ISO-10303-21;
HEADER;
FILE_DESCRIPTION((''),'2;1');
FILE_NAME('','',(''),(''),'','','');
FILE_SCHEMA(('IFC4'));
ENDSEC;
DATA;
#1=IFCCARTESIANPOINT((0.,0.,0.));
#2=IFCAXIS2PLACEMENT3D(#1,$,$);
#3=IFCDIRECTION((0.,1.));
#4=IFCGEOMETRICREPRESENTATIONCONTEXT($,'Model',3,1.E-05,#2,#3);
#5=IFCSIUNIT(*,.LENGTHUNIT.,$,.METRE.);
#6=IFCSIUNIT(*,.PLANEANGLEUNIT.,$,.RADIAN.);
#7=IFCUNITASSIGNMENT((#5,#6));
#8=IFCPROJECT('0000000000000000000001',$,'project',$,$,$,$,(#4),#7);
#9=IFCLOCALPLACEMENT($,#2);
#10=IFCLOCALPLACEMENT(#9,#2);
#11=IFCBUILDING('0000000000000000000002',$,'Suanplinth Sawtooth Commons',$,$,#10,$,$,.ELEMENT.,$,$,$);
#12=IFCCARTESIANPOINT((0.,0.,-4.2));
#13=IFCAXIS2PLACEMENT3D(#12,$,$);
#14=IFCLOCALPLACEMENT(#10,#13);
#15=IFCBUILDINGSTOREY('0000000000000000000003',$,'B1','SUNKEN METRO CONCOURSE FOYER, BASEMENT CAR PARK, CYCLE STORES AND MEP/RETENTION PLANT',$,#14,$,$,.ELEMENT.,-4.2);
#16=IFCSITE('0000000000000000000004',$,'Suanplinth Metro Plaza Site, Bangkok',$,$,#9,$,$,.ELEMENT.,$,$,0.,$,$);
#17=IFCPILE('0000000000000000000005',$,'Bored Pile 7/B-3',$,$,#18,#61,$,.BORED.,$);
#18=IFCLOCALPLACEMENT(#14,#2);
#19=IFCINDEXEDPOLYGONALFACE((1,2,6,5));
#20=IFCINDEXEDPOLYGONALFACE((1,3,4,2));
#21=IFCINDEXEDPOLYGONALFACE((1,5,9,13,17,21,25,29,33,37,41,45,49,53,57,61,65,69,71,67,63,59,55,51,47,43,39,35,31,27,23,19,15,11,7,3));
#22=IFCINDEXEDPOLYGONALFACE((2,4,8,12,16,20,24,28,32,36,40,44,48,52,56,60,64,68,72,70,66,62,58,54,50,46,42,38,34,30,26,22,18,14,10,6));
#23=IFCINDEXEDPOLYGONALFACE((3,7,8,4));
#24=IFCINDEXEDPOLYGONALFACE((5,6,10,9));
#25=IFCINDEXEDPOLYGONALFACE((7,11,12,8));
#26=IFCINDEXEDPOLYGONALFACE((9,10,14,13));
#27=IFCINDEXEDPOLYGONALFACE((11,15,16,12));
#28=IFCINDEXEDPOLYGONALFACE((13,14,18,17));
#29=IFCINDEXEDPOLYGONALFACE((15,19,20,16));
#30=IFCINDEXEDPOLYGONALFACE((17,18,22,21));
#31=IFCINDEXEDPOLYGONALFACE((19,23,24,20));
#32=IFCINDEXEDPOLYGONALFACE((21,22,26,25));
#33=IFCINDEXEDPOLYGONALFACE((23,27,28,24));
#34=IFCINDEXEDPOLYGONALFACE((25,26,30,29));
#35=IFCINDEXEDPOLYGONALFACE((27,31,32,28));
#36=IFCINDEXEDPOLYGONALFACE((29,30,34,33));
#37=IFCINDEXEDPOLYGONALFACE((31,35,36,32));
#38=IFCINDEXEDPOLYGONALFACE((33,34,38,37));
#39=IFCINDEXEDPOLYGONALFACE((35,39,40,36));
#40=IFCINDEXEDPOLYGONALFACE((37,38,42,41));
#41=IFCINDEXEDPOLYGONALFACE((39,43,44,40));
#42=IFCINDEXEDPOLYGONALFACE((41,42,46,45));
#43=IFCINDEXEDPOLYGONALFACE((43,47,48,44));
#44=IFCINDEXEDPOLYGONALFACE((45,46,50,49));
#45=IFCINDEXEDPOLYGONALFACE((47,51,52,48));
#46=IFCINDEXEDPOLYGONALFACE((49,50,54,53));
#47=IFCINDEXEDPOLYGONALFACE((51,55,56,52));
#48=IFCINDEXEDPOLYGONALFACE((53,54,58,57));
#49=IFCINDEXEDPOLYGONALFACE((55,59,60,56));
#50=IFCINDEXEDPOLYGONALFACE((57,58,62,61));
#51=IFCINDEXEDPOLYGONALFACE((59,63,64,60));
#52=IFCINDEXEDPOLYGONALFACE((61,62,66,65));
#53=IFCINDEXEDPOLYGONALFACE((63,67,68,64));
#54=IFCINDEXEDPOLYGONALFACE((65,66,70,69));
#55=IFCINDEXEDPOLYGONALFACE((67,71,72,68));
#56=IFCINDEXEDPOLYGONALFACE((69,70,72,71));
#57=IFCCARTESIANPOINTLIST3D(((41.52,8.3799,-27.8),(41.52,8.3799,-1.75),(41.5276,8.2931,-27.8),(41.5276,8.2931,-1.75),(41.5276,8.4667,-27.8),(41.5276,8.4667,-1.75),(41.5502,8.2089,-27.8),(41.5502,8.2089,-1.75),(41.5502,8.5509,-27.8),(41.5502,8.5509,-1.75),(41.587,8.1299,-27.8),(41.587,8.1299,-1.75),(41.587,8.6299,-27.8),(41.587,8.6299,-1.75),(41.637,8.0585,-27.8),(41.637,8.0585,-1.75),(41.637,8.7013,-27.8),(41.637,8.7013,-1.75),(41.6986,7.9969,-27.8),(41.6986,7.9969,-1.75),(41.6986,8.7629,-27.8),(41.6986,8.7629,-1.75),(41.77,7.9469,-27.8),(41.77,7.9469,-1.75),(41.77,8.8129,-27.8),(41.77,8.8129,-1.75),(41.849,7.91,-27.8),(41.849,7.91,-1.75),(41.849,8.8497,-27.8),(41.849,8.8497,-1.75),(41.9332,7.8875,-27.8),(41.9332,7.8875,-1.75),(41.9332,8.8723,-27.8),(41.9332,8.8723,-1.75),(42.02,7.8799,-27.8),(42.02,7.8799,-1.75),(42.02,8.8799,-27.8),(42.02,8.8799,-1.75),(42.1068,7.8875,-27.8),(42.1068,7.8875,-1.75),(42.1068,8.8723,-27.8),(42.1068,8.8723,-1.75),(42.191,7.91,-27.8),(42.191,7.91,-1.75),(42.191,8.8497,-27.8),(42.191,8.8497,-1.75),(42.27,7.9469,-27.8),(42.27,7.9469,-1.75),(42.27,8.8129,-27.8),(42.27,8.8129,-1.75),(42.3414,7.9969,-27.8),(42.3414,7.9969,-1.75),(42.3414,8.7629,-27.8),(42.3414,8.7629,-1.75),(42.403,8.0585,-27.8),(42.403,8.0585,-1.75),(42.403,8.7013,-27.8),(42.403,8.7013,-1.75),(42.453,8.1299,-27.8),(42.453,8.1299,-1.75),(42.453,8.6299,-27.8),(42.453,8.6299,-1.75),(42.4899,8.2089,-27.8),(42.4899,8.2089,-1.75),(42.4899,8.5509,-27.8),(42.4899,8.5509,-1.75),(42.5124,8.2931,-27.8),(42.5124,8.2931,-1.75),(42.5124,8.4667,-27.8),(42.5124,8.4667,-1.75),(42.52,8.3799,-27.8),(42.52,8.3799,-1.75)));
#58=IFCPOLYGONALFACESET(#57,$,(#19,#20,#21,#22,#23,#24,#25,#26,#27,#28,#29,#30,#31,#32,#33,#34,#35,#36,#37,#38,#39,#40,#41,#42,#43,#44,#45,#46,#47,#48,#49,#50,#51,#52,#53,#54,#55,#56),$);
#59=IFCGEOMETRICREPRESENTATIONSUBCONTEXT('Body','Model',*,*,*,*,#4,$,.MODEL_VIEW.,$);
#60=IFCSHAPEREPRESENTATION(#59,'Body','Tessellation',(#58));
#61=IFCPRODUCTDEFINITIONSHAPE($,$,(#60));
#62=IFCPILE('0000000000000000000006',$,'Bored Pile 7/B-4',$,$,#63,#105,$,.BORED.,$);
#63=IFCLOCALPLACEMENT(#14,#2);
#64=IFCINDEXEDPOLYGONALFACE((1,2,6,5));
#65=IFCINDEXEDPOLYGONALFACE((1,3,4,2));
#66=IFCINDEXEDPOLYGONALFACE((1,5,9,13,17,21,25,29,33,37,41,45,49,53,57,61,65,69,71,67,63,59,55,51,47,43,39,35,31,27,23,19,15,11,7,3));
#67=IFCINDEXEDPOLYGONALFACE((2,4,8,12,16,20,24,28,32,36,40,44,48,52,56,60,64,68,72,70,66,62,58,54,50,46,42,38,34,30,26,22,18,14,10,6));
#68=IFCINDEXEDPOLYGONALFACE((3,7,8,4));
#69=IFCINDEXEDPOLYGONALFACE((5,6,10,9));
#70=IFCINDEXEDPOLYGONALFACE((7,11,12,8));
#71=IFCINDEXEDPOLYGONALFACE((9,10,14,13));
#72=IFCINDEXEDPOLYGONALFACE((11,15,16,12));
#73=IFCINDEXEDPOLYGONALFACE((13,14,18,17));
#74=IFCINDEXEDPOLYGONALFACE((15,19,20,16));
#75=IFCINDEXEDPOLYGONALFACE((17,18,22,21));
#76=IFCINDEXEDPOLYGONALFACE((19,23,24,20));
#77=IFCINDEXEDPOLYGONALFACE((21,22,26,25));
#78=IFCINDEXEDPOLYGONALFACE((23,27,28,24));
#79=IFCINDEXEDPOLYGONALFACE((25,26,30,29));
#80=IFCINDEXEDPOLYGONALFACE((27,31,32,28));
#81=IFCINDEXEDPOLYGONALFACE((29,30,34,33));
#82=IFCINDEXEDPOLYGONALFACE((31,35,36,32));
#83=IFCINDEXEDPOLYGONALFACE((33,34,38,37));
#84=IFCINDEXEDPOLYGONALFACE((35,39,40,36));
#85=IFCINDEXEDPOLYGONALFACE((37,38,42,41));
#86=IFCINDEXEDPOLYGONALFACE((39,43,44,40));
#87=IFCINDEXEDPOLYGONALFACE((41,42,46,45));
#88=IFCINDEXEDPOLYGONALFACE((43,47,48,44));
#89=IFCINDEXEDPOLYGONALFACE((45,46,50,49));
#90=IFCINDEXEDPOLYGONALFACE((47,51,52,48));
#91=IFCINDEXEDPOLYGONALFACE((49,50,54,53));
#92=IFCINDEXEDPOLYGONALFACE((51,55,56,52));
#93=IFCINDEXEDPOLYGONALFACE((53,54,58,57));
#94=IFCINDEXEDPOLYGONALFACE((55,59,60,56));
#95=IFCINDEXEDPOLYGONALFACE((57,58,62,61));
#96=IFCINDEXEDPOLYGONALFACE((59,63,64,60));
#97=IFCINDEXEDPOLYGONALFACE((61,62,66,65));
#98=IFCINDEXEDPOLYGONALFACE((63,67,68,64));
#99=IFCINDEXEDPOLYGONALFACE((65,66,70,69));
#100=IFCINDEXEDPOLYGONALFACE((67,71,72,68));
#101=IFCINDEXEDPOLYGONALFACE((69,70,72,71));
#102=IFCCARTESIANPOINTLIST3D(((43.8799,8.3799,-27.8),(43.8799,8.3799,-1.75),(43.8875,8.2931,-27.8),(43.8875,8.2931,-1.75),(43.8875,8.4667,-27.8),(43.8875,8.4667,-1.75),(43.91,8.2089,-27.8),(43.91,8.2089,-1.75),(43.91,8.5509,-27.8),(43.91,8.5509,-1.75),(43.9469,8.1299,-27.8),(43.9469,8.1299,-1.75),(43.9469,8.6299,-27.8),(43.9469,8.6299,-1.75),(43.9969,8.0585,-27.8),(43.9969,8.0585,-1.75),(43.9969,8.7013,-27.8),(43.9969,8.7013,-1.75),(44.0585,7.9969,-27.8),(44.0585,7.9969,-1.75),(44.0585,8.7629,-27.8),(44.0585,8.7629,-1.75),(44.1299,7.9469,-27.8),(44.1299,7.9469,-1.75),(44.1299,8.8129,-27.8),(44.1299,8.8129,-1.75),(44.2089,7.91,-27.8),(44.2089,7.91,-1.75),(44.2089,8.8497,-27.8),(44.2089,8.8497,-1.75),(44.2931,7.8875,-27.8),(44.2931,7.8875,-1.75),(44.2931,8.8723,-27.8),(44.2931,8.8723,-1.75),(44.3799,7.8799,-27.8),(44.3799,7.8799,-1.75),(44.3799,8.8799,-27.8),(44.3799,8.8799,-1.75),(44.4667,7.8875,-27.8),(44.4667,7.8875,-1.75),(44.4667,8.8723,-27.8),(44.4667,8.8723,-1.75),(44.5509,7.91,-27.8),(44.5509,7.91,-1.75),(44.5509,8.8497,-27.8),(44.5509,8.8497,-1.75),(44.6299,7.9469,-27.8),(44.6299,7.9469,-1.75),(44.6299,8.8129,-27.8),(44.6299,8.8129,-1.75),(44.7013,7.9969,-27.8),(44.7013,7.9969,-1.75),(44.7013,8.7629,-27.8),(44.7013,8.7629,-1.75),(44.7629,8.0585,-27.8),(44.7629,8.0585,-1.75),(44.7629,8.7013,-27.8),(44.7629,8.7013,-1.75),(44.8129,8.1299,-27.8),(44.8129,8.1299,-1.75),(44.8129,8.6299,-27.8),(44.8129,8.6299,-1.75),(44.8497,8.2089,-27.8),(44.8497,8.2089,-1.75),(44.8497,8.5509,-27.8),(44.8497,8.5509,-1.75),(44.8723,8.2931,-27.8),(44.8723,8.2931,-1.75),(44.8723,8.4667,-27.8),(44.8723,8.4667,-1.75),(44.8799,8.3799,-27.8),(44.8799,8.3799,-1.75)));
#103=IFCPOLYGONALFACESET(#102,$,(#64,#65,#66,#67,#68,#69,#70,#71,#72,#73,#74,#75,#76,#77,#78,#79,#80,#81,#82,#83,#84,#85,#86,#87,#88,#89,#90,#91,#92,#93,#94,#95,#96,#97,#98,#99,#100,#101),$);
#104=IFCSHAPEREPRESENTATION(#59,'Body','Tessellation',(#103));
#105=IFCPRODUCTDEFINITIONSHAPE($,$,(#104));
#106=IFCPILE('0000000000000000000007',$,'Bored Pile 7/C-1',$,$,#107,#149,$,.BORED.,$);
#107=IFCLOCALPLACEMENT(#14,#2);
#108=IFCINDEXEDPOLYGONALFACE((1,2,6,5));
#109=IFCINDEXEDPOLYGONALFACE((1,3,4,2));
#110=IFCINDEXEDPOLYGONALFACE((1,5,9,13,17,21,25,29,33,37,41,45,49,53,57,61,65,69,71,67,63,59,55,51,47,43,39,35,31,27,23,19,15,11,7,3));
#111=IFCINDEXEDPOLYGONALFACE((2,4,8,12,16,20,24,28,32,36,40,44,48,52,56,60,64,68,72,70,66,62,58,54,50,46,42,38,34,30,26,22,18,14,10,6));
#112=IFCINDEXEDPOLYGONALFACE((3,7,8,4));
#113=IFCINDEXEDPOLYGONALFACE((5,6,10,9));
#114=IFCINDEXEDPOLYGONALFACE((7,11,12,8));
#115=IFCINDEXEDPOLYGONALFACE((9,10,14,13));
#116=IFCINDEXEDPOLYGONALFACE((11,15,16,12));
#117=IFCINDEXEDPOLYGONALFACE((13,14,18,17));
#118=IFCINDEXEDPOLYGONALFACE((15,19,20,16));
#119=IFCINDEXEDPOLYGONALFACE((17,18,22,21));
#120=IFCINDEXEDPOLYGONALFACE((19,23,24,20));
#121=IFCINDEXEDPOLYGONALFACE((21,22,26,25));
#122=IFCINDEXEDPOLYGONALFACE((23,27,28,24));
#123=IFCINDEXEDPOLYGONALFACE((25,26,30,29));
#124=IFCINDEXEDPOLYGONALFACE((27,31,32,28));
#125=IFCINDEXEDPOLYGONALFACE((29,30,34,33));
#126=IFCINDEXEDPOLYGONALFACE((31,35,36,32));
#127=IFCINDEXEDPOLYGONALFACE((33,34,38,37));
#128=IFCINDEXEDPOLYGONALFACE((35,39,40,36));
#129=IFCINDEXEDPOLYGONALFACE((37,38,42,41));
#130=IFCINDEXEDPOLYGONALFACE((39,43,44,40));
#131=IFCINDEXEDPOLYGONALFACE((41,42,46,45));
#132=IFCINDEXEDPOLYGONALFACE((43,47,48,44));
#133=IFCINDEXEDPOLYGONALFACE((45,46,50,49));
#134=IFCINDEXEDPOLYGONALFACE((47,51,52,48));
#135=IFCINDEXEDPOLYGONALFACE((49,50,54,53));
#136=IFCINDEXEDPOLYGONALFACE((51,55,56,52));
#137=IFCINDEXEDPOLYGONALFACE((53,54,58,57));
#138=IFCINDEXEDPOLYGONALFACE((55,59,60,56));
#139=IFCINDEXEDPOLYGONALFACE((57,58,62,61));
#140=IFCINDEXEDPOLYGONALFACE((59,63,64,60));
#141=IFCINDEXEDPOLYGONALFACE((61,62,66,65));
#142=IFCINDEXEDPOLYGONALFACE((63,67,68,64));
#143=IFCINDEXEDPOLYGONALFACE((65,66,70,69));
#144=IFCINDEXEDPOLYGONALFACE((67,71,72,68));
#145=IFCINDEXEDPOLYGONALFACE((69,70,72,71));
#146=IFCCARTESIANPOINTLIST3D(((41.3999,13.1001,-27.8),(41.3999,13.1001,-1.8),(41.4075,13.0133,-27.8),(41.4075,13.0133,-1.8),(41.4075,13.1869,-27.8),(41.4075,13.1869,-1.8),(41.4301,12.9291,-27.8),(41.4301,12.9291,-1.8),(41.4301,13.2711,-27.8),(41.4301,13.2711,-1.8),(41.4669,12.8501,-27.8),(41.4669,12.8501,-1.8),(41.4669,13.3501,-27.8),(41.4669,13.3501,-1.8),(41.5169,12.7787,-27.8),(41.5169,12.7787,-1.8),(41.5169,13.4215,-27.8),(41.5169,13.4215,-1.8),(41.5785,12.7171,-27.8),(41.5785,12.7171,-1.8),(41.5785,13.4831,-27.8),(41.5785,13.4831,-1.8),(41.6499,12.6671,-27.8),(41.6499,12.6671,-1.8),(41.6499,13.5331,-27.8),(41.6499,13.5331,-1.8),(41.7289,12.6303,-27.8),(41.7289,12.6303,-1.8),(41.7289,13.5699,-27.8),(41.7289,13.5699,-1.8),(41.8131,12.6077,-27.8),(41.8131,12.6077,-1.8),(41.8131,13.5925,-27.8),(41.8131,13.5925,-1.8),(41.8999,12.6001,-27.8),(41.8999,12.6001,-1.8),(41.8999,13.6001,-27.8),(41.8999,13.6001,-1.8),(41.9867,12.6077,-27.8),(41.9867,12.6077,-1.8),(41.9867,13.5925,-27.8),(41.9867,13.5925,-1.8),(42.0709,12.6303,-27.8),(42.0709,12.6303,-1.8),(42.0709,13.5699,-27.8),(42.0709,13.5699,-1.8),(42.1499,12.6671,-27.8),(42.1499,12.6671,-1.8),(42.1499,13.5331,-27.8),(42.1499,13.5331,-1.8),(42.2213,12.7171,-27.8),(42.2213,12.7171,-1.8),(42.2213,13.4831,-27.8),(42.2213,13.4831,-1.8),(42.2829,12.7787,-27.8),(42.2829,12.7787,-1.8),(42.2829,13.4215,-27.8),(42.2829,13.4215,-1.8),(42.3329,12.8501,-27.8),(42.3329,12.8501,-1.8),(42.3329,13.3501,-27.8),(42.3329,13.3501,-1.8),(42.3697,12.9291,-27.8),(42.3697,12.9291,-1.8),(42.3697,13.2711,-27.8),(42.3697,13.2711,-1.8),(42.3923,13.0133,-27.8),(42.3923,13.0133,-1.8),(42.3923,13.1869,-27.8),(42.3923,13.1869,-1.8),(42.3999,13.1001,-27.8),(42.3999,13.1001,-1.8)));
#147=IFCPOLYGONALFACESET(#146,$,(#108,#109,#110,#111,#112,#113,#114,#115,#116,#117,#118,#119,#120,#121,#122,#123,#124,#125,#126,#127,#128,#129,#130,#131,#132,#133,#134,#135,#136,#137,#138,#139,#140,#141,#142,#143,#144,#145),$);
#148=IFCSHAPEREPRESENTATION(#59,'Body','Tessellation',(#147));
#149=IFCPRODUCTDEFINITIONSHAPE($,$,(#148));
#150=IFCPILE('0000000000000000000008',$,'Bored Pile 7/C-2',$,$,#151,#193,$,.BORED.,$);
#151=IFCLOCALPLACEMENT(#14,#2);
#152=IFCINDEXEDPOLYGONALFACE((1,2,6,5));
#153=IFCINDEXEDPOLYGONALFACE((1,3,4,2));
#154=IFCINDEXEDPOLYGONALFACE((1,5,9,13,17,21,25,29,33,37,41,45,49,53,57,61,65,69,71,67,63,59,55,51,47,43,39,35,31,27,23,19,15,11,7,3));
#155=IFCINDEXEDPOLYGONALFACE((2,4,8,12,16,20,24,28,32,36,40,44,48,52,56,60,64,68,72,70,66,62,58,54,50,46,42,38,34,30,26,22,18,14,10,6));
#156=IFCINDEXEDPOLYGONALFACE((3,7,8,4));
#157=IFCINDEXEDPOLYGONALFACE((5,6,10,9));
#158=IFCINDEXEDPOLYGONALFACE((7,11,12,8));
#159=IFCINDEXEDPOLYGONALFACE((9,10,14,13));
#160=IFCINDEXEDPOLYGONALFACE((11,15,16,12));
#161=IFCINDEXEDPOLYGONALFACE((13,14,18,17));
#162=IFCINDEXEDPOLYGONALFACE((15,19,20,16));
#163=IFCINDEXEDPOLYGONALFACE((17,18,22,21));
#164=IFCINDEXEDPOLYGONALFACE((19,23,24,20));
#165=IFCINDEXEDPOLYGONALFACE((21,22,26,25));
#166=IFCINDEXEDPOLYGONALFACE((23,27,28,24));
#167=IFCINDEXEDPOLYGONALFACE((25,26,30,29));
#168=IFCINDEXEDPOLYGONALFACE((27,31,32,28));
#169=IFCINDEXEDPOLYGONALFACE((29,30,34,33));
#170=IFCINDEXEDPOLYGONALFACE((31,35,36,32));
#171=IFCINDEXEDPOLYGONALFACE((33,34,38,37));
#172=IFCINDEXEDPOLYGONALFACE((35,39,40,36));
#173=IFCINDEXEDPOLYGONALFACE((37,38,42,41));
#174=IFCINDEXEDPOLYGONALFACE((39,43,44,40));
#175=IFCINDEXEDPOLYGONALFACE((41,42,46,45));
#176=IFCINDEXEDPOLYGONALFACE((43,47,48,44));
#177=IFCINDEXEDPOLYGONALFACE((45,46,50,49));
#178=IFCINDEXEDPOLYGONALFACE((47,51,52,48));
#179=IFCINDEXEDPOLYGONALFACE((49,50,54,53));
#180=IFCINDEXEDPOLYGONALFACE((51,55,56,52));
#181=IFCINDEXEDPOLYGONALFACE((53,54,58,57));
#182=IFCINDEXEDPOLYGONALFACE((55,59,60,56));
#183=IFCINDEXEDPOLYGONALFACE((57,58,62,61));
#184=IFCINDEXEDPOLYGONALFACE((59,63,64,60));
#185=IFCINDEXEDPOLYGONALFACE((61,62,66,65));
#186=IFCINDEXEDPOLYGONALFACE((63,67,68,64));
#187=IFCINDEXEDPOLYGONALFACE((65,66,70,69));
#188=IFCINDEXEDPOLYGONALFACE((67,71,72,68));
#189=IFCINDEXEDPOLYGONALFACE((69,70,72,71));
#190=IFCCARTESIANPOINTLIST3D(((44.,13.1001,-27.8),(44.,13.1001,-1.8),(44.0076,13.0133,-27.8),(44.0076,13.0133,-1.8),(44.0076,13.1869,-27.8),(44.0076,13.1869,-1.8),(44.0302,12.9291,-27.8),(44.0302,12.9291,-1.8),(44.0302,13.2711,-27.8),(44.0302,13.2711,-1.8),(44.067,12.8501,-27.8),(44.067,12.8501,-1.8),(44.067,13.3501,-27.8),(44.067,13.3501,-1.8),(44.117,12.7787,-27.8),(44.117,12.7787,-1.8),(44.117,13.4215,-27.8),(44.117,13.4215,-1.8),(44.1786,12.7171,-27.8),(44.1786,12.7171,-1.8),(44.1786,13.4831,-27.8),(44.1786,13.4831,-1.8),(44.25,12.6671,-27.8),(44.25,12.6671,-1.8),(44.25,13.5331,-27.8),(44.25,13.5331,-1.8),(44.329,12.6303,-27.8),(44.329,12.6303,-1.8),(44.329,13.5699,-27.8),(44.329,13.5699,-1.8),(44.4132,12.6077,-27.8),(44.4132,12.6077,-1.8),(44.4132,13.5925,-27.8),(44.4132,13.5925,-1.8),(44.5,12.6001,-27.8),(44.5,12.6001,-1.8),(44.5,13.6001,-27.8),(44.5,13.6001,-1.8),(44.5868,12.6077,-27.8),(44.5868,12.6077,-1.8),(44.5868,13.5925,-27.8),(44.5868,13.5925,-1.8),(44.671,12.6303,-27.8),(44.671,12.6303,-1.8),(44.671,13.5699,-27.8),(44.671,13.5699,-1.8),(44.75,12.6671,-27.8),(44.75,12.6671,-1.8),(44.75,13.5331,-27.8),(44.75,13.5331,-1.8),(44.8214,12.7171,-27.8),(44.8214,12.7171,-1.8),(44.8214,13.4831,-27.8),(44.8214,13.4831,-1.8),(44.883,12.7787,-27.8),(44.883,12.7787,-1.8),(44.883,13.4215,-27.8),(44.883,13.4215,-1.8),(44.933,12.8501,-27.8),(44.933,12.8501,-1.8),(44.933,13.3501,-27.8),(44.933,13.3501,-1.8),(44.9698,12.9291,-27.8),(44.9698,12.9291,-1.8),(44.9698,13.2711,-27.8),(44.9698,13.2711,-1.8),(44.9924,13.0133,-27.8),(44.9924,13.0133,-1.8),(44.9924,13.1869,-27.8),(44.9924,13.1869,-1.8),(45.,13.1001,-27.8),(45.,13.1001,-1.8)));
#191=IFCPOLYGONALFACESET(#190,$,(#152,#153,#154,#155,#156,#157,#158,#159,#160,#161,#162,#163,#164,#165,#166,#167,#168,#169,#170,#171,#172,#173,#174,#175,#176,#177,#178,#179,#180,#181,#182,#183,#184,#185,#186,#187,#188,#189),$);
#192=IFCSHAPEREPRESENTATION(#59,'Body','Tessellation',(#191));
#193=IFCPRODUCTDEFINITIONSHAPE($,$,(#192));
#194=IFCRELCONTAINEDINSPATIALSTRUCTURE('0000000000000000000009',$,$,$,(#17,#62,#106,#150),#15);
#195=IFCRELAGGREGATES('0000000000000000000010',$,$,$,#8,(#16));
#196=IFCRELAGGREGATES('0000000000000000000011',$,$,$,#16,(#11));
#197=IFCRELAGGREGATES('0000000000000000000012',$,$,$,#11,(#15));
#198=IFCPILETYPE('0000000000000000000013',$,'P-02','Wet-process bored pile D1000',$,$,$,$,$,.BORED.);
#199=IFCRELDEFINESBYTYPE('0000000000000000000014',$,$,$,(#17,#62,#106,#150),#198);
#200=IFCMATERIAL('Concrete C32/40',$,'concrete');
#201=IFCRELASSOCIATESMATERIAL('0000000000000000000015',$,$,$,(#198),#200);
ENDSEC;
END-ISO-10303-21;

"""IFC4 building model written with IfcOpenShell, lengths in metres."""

from ifc_helpers import new_model, si_unit, direction, frame, origin, origin_2d, place, context, subcontext, project, spatial, circle, extrude, material, material_profile, profile_set, type_object, element, save


model = new_model("IFC4")

# Units and contexts
model_context = context("Model", 3, precision=1e-05, world=origin(), true_north=direction((0.0, 1.0)))
body_context = subcontext(model_context, "Body", "Model", "MODEL_VIEW")
ifc_project = project(units=[si_unit("LENGTHUNIT", "METRE"), si_unit("PLANEANGLEUNIT", "RADIAN")], contexts=[model_context])

# Site, building, storey
site_placement = place(None, origin())
site = spatial("IfcSite", under=ifc_project, at=site_placement, Name="Suanplinth Metro Plaza Site, Bangkok", CompositionType="ELEMENT", RefElevation=0.0)
building_placement = place(site_placement, origin())
building = spatial("IfcBuilding", under=site, at=building_placement, Name="Suanplinth Sawtooth Commons", CompositionType="ELEMENT")
storey_placement = place(building_placement, frame((0.0, 0.0, -4.2)))
storey = spatial("IfcBuildingStorey", under=building, at=storey_placement, Name="B1", Description="SUNKEN METRO CONCOURSE FOYER, BASEMENT CAR PARK, CYCLE STORES AND MEP/RETENTION PLANT", CompositionType="ELEMENT", Elevation=-4.2)

# Piles
ifc_material_1 = material(Name="Concrete C32/40", Category="concrete")
ifc_material_profile_1 = material_profile(ifc_material_1, circle(Radius=0.5, at=origin_2d()), Name="PILE D1000")
ifc_profile_set_1 = profile_set([ifc_material_profile_1], Name="Concrete C32/40")
pile_type = type_object("IfcPileType", Name="P-02", Description="Wet-process bored pile D1000", PredefinedType="BORED", material=ifc_profile_set_1)
for number, where, z_axis, x_axis, name in (
    (1, (42.02, 8.3799, -1.75), (0.0, 0.0, -1.0), (1.0, 0.0, 0.0), "Bored Pile 7/B-3"),
    (2, (44.3799, 8.3799, -1.75), (0.0, 0.0, -1.0), (1.0, 0.0, 0.0), "Bored Pile 7/B-4"),
):
    element("IfcPile", number, at=place(storey_placement, frame(where, z_axis=z_axis, x_axis=x_axis)), inside=storey, type_object=pile_type, Name=name, PredefinedType="BORED", context=body_context, shape_type="SweptSolid", body=[
        extrude(circle(Radius=0.5, at=origin_2d()), origin(), (0.0, 0.0, 1.0), 26.05),
    ])
for number, where, z_axis, x_axis, name in (
    (3, (41.8999, 13.1001, -1.8), (0.0, 0.0, -1.0), (1.0, 0.0, 0.0), "Bored Pile 7/C-1"),
    (4, (44.5, 13.1001, -1.8), (0.0, 0.0, -1.0), (1.0, 0.0, 0.0), "Bored Pile 7/C-2"),
):
    element("IfcPile", number, at=place(storey_placement, frame(where, z_axis=z_axis, x_axis=x_axis)), inside=storey, type_object=pile_type, Name=name, PredefinedType="BORED", context=body_context, shape_type="SweptSolid", body=[
        extrude(circle(Radius=0.5, at=origin_2d()), origin(), (0.0, 0.0, 1.0), 26.0),
    ])

save(model, "model.ifc")
